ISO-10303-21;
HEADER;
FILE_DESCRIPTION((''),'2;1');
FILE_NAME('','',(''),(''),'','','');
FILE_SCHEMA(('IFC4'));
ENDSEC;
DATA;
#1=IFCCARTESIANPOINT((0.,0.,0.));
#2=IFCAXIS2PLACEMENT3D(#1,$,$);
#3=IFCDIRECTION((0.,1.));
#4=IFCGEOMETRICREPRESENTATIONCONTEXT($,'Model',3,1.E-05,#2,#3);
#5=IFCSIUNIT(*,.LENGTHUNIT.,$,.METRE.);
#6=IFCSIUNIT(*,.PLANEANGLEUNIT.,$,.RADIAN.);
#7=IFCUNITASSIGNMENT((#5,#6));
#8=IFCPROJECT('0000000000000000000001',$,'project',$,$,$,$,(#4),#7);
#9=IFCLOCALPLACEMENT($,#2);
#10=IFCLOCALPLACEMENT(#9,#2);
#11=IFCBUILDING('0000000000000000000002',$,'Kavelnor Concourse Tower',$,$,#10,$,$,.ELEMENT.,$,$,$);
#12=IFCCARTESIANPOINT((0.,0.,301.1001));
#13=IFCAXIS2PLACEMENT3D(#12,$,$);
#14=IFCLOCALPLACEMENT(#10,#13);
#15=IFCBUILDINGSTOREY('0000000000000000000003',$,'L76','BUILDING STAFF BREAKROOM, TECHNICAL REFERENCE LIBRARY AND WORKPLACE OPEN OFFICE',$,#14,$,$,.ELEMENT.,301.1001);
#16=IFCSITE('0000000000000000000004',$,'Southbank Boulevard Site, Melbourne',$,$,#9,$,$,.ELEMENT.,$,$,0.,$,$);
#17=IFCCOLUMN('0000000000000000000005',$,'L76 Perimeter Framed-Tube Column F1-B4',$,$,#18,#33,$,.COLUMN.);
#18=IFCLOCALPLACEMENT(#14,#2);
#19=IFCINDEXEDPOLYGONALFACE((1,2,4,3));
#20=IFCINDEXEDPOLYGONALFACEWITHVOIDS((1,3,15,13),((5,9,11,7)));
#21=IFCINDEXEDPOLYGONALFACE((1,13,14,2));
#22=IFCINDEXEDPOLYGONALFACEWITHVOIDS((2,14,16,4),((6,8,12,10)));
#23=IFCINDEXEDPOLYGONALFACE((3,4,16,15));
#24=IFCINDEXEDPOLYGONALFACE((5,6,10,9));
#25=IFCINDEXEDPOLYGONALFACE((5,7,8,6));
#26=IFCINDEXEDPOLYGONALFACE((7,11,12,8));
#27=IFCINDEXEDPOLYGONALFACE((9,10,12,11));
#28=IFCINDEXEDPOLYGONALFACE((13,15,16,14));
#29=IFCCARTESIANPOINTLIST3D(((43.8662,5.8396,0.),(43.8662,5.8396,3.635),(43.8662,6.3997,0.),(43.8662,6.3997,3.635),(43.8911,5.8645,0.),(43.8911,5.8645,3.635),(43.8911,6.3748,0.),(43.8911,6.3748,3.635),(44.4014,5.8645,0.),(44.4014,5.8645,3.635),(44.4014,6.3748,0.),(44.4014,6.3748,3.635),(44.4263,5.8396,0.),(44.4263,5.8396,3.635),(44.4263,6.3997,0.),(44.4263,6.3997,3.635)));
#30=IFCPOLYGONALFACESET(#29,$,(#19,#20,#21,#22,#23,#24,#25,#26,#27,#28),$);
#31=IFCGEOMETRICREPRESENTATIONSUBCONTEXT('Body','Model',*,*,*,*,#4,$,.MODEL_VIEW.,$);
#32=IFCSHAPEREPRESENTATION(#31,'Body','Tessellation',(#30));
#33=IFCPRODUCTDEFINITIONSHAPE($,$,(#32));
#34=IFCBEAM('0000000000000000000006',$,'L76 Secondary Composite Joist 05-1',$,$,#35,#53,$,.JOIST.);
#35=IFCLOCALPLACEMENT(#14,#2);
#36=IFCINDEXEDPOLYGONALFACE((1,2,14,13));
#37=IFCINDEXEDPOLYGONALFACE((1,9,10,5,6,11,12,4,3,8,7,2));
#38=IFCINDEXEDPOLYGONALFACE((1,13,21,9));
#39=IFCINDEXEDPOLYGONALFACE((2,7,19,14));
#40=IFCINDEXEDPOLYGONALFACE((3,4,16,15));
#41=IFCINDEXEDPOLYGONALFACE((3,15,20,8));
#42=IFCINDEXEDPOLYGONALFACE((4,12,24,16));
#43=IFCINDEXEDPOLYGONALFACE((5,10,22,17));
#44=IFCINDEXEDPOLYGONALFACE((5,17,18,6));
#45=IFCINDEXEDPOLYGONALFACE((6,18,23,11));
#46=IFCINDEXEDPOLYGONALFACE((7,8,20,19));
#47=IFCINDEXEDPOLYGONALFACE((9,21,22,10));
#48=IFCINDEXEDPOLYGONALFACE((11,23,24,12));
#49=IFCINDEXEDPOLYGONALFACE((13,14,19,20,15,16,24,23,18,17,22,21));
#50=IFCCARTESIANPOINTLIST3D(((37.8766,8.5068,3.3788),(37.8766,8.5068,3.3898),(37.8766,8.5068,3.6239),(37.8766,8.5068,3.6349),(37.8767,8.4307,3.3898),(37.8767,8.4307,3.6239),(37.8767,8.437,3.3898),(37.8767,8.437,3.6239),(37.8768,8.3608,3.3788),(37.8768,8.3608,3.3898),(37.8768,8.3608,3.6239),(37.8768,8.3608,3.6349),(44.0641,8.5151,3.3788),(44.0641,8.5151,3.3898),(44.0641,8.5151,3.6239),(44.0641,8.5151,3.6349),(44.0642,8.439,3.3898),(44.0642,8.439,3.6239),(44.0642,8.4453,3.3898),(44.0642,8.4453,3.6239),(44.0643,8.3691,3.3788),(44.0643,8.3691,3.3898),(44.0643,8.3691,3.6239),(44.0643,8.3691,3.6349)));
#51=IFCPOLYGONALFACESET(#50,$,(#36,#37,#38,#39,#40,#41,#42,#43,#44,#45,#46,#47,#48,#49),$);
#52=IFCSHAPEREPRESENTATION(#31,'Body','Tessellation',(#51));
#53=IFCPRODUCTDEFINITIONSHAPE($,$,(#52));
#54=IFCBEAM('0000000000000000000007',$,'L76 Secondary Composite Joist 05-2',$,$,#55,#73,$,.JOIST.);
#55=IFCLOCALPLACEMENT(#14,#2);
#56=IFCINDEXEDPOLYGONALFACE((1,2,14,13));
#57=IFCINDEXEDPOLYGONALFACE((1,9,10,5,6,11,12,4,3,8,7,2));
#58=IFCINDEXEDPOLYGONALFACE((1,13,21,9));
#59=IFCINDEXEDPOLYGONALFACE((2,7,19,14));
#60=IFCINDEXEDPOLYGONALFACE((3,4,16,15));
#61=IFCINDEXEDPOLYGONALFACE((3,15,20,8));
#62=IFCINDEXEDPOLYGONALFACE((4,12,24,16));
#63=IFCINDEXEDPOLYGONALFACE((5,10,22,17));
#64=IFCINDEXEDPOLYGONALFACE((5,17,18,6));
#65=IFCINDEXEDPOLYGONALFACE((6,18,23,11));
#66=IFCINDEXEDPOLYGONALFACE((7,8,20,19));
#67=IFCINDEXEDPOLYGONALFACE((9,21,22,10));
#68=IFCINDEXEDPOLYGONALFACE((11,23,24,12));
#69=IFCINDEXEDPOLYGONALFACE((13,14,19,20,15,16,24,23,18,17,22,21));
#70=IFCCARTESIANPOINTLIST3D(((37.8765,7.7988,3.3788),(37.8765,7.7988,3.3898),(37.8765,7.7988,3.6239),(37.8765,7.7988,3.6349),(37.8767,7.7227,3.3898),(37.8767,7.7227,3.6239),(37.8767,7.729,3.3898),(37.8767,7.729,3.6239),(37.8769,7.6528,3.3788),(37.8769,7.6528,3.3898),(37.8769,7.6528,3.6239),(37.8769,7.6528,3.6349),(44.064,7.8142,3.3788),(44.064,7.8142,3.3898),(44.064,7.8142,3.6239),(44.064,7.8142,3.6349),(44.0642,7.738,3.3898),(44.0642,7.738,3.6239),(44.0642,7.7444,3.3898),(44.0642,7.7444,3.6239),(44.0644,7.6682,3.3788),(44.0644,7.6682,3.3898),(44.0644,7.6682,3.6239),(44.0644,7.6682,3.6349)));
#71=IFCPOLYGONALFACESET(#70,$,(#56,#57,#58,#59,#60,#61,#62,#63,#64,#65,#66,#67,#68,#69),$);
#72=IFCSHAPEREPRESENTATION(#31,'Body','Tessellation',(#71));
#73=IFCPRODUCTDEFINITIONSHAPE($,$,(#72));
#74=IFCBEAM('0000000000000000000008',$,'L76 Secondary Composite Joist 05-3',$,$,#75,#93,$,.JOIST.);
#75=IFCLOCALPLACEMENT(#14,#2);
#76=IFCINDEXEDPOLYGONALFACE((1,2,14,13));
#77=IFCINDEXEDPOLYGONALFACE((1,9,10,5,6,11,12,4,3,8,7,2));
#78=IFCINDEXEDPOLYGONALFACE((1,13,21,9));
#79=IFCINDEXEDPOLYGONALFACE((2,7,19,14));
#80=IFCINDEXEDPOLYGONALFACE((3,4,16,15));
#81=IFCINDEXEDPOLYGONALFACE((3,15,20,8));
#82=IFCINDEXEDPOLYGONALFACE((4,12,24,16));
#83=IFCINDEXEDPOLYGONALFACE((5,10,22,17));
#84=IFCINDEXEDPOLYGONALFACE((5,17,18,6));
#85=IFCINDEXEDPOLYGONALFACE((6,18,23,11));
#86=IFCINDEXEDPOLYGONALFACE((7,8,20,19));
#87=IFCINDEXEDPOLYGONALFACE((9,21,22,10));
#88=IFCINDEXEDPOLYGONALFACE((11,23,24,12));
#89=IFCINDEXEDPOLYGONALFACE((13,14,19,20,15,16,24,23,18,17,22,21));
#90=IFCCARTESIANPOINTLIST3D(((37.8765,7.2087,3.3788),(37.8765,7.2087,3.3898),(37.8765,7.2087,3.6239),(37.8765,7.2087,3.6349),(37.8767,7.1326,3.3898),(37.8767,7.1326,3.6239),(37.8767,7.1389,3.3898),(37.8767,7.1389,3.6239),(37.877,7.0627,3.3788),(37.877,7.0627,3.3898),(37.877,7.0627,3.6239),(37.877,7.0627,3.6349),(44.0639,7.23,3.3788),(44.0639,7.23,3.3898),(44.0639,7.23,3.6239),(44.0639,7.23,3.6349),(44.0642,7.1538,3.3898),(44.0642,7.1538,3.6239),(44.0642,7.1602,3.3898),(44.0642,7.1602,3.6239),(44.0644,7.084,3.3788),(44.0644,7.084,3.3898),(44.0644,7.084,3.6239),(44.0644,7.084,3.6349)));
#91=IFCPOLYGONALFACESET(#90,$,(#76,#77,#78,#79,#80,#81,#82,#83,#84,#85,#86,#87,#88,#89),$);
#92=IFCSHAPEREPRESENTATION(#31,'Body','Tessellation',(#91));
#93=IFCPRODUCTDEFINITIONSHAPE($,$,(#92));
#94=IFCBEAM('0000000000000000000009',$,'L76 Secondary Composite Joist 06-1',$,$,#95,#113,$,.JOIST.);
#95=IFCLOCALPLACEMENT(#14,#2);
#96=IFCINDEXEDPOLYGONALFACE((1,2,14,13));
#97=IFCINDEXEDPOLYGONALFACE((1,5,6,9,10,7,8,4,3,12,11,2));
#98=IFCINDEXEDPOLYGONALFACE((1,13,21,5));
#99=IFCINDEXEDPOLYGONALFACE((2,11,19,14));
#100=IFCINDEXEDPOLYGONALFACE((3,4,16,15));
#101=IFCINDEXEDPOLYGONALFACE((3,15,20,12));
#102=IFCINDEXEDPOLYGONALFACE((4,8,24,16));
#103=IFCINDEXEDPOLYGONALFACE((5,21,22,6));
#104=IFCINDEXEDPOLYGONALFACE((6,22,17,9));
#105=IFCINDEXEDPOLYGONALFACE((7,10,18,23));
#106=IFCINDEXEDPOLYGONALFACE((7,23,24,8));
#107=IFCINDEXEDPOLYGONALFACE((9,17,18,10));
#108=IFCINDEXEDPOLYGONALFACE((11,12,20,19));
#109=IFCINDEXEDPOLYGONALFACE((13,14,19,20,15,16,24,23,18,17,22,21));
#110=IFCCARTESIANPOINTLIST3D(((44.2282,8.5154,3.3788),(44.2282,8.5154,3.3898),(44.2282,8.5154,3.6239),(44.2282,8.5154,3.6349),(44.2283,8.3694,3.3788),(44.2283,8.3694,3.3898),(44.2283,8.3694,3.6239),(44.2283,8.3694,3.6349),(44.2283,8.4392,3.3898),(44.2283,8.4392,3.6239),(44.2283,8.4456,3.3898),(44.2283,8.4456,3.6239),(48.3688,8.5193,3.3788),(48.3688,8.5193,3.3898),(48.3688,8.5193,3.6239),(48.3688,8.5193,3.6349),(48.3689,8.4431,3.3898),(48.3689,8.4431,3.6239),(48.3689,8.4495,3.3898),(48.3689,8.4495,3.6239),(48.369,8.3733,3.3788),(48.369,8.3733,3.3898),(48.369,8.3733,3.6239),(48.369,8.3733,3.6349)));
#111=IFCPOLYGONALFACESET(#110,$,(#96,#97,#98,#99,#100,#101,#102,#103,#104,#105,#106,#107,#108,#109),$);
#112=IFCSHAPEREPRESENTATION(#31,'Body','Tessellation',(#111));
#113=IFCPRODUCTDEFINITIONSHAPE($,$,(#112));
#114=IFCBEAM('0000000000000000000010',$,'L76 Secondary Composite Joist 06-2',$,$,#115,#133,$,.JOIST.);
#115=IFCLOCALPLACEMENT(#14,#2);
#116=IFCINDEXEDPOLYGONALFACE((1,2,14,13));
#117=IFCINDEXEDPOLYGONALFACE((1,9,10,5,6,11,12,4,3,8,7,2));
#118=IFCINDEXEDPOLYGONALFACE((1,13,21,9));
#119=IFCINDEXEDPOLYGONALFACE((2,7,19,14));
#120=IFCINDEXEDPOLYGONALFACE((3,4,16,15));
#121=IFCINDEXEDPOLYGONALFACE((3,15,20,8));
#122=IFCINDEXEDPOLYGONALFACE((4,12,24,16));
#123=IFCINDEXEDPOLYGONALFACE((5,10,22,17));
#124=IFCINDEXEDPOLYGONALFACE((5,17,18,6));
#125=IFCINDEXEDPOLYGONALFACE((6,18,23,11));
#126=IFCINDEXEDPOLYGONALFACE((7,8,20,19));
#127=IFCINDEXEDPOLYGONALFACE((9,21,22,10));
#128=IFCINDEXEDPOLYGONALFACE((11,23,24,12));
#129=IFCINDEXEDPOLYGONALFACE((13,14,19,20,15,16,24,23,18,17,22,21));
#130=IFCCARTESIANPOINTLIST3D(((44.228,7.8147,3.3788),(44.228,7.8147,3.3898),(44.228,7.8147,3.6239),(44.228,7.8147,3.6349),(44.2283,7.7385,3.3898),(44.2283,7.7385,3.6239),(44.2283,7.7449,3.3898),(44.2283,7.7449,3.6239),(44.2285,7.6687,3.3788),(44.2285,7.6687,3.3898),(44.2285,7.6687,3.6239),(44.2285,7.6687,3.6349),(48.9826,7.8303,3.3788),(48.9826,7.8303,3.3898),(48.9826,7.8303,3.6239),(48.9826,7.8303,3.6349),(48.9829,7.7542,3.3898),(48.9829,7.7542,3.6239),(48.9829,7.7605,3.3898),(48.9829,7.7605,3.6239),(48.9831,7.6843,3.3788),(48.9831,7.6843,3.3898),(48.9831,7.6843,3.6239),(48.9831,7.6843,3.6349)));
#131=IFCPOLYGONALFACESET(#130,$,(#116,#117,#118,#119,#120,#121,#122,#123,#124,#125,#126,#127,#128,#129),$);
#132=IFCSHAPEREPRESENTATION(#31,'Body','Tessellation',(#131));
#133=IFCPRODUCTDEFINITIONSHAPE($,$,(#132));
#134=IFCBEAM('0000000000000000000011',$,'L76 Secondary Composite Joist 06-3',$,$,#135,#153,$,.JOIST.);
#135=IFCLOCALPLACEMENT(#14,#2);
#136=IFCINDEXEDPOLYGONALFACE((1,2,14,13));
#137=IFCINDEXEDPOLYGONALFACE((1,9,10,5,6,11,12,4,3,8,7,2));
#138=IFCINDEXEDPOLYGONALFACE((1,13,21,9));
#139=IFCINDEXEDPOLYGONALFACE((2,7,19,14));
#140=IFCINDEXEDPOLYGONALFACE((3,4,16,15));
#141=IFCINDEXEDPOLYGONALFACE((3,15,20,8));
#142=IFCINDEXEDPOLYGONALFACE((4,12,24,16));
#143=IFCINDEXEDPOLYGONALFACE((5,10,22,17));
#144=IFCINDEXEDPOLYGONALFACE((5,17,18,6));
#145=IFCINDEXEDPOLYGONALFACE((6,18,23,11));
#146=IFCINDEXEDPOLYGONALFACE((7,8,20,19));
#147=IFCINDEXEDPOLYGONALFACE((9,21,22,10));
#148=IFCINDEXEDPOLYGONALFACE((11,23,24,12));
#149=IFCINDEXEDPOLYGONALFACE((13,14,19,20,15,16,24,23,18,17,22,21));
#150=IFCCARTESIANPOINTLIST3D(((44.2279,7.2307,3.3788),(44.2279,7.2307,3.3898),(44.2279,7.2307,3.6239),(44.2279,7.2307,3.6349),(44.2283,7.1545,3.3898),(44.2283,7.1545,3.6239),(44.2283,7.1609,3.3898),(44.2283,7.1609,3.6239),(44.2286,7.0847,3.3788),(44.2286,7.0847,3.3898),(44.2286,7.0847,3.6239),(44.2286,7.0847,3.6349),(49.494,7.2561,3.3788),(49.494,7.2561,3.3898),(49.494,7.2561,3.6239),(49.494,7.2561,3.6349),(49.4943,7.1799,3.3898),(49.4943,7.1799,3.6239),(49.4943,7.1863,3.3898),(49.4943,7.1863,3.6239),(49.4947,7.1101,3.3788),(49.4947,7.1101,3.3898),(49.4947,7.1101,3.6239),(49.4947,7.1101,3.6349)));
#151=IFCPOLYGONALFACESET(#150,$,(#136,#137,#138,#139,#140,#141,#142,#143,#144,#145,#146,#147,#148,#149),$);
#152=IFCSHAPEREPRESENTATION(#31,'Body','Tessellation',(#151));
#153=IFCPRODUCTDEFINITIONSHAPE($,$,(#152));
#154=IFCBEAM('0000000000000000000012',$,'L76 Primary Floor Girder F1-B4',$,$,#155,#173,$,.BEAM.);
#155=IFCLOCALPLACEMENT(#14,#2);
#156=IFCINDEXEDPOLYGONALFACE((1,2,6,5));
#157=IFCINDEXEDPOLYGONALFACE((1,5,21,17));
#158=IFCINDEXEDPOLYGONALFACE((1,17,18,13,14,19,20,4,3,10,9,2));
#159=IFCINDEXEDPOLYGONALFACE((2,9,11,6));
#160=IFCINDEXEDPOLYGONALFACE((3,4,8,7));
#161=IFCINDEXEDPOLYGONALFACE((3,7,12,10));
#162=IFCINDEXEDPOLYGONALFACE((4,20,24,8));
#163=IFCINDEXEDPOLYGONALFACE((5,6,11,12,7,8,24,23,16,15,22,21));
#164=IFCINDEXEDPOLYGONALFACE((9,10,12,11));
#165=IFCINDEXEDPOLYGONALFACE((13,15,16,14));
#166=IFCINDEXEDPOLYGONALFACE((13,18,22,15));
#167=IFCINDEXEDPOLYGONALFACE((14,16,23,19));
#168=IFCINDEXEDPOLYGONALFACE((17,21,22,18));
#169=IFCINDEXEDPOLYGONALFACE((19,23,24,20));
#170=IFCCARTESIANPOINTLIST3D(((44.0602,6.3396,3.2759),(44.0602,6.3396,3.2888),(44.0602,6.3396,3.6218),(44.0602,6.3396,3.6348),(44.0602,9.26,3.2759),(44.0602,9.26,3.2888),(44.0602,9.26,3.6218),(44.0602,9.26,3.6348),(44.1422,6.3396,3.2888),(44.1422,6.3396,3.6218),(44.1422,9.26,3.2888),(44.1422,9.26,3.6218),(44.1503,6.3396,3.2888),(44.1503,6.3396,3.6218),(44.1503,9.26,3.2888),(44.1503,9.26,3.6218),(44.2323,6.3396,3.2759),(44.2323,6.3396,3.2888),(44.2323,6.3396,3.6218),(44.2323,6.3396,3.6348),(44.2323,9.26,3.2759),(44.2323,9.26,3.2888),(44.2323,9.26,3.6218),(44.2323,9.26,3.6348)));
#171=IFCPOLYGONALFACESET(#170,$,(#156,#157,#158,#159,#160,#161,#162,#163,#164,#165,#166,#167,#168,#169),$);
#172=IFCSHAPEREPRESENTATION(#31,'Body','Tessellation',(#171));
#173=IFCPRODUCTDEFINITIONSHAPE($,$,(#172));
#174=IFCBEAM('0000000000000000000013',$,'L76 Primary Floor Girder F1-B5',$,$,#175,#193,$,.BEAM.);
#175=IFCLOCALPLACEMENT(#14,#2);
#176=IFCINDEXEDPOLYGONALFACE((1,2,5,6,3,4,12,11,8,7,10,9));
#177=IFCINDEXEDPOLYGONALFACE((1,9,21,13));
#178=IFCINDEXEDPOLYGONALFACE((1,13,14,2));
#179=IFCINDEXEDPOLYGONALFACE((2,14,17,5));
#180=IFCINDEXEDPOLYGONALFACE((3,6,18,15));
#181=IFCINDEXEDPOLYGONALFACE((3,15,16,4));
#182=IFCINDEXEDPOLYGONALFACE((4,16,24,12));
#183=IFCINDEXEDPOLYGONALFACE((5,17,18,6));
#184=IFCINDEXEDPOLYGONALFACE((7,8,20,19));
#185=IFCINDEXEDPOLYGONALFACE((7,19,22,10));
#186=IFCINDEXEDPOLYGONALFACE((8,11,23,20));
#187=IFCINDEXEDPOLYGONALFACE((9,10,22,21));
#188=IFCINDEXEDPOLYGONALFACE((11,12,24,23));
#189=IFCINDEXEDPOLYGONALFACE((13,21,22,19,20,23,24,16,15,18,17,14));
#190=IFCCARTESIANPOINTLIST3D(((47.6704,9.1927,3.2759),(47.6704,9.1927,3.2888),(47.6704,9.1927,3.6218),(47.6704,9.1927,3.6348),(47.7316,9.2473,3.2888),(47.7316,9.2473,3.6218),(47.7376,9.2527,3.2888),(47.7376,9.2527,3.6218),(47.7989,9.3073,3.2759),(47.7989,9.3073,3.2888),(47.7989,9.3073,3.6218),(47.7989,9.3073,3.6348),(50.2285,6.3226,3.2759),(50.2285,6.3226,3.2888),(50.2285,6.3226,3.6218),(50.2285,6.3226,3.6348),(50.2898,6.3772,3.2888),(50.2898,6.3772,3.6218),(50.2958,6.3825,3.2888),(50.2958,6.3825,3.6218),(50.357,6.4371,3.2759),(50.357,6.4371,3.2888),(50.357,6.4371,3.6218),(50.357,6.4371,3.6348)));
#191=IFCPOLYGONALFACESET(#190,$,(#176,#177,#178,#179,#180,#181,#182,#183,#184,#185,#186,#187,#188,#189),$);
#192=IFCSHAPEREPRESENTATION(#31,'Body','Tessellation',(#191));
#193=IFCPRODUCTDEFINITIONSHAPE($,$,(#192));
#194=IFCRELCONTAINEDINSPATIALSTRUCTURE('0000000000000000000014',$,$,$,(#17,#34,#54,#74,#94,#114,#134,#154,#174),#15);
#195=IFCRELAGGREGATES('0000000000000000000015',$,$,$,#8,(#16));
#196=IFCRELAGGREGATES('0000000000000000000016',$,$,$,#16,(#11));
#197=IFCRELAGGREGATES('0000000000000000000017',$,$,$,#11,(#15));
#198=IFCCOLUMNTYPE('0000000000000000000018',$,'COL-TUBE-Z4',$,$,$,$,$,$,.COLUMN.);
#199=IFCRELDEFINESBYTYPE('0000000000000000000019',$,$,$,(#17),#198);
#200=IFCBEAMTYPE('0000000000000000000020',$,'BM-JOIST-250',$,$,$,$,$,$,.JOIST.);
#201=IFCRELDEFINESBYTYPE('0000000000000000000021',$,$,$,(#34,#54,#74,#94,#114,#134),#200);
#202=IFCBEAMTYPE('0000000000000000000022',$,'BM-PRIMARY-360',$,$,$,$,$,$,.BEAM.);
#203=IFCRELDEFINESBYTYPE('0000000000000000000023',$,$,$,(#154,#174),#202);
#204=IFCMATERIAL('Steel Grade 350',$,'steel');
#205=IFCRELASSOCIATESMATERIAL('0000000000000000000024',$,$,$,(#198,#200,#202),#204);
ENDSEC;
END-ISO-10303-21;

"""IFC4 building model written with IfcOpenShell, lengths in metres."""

from ifc_helpers import new_model, si_unit, direction, frame, origin, origin_2d, place, context, subcontext, project, spatial, hollow_rectangle, i_section, extrude, material, material_profile, profile_set, type_object, element, save


model = new_model("IFC4")

# Units and contexts
model_context = context("Model", 3, precision=1e-05, world=origin(), true_north=direction((0.0, 1.0)))
body_context = subcontext(model_context, "Body", "Model", "MODEL_VIEW")
ifc_project = project(units=[si_unit("LENGTHUNIT", "METRE"), si_unit("PLANEANGLEUNIT", "RADIAN")], contexts=[model_context])

# Site, building, storey
site_placement = place(None, origin())
site = spatial("IfcSite", under=ifc_project, at=site_placement, Name="Southbank Boulevard Site, Melbourne", CompositionType="ELEMENT", RefElevation=0.0)
building_placement = place(site_placement, origin())
building = spatial("IfcBuilding", under=site, at=building_placement, Name="Kavelnor Concourse Tower", CompositionType="ELEMENT")
storey_placement = place(building_placement, frame((0.0, 0.0, 301.1001)))
storey = spatial("IfcBuildingStorey", under=building, at=storey_placement, Name="L76", Description="BUILDING STAFF BREAKROOM, TECHNICAL REFERENCE LIBRARY AND WORKPLACE OPEN OFFICE", CompositionType="ELEMENT", Elevation=301.1001)

# Column
ifc_material_1 = material(Name="Steel Grade 350", Category="steel")
ifc_material_profile_1 = material_profile(ifc_material_1, hollow_rectangle(XDim=0.5601, YDim=0.5601, WallThickness=0.0249, at=origin_2d()), Name="SHS 560x560x25")
ifc_profile_set_1 = profile_set([ifc_material_profile_1], Name="Steel Grade 350")
column_type = type_object("IfcColumnType", Name="COL-TUBE-Z4", PredefinedType="COLUMN", material=ifc_profile_set_1)
column_placement = place(storey_placement, frame((44.1462, 6.1196, 0.0), z_axis=(0.0, 0.0, 1.0), x_axis=(1.0, 0.0, 0.0)))
element("IfcColumn", 1, at=column_placement, inside=storey, type_object=column_type, Name="L76 Perimeter Framed-Tube Column F1-B4", PredefinedType="COLUMN", context=body_context, shape_type="SweptSolid", body=[
    extrude(hollow_rectangle(XDim=0.5601, YDim=0.5601, WallThickness=0.0249, at=origin_2d()), origin(), (0.0, 0.0, 1.0), 3.635),
])

# Beams
ifc_material_profile_2 = material_profile(ifc_material_1, i_section(OverallWidth=0.146, OverallDepth=0.2561, WebThickness=0.0063, FlangeThickness=0.011, at=origin_2d()), Name="250UB37")
ifc_profile_set_2 = profile_set([ifc_material_profile_2], Name="Steel Grade 350")
beam_type_1 = type_object("IfcBeamType", Name="BM-JOIST-250", PredefinedType="JOIST", material=ifc_profile_set_2)
for number, where, z_axis, x_axis, name in (
    (2, (37.8767, 8.4338, 3.5068), (0.999999, 0.001342, 0.0), (-0.001342, 0.999999, 0.0), "L76 Secondary Composite Joist 05-1"),
    (3, (37.8767, 7.7258, 3.5068), (0.999997, 0.002486, 0.0), (-0.002486, 0.999997, 0.0), "L76 Secondary Composite Joist 05-2"),
    (4, (37.8767, 7.1357, 3.5068), (0.999994, 0.003433, 0.0), (-0.003433, 0.999994, 0.0), "L76 Secondary Composite Joist 05-3"),
):
    element("IfcBeam", number, at=place(storey_placement, frame(where, z_axis=z_axis, x_axis=x_axis)), inside=storey, type_object=beam_type_1, Name=name, PredefinedType="JOIST", context=body_context, shape_type="SweptSolid", body=[
        extrude(i_section(OverallWidth=0.146, OverallDepth=0.2561, WebThickness=0.0063, FlangeThickness=0.011, at=origin_2d()), origin(), (0.0, 0.0, 1.0), 6.1875),
    ])
beam_1_placement = place(storey_placement, frame((44.2283, 8.4424, 3.5068), z_axis=(1.0, 0.000943, 0.0), x_axis=(-0.000943, 1.0, 0.0)))
element("IfcBeam", 5, at=beam_1_placement, inside=storey, type_object=beam_type_1, Name="L76 Secondary Composite Joist 06-1", PredefinedType="JOIST", context=body_context, shape_type="SweptSolid", body=[
    extrude(i_section(OverallWidth=0.146, OverallDepth=0.2561, WebThickness=0.0063, FlangeThickness=0.011, at=origin_2d()), origin(), (0.0, 0.0, 1.0), 4.1406),
])
beam_2_placement = place(storey_placement, frame((44.2283, 7.7417, 3.5068), z_axis=(0.999995, 0.003286, 0.0), x_axis=(-0.003286, 0.999995, 0.0)))
element("IfcBeam", 6, at=beam_2_placement, inside=storey, type_object=beam_type_1, Name="L76 Secondary Composite Joist 06-2", PredefinedType="JOIST", context=body_context, shape_type="SweptSolid", body=[
    extrude(i_section(OverallWidth=0.146, OverallDepth=0.2561, WebThickness=0.0063, FlangeThickness=0.011, at=origin_2d()), origin(), (0.0, 0.0, 1.0), 4.7546),
])
beam_3_placement = place(storey_placement, frame((44.2283, 7.1577, 3.5068), z_axis=(0.999988, 0.004821, 0.0), x_axis=(-0.004821, 0.999988, 0.0)))
element("IfcBeam", 7, at=beam_3_placement, inside=storey, type_object=beam_type_1, Name="L76 Secondary Composite Joist 06-3", PredefinedType="JOIST", context=body_context, shape_type="SweptSolid", body=[
    extrude(i_section(OverallWidth=0.146, OverallDepth=0.2561, WebThickness=0.0063, FlangeThickness=0.011, at=origin_2d()), origin(), (0.0, 0.0, 1.0), 5.2661),
])
ifc_material_profile_3 = material_profile(ifc_material_1, i_section(OverallWidth=0.1721, OverallDepth=0.3589, WebThickness=0.0081, FlangeThickness=0.0129, at=origin_2d()), Name="360UB56")
ifc_profile_set_3 = profile_set([ifc_material_profile_3], Name="Steel Grade 350")
beam_type_2 = type_object("IfcBeamType", Name="BM-PRIMARY-360", PredefinedType="BEAM", material=ifc_profile_set_3)
beam_4_placement = place(storey_placement, frame((44.1462, 9.26, 3.4553), z_axis=(0.0, -1.0, 0.0), x_axis=(1.0, 0.0, 0.0)))
element("IfcBeam", 8, at=beam_4_placement, inside=storey, type_object=beam_type_2, Name="L76 Primary Floor Girder F1-B4", PredefinedType="BEAM", context=body_context, shape_type="SweptSolid", body=[
    extrude(i_section(OverallWidth=0.1721, OverallDepth=0.3589, WebThickness=0.0081, FlangeThickness=0.0129, at=origin_2d()), origin(), (0.0, 0.0, 1.0), 2.9204),
])
beam_5_placement = place(storey_placement, frame((47.7346, 9.25, 3.4553), z_axis=(0.665364, -0.746519, 0.0), x_axis=(0.746519, 0.665364, 0.0)))
element("IfcBeam", 9, at=beam_5_placement, inside=storey, type_object=beam_type_2, Name="L76 Primary Floor Girder F1-B5", PredefinedType="BEAM", context=body_context, shape_type="SweptSolid", body=[
    extrude(i_section(OverallWidth=0.1721, OverallDepth=0.3589, WebThickness=0.0081, FlangeThickness=0.0129, at=origin_2d()), origin(), (0.0, 0.0, 1.0), 3.8447),
])

save(model, "model.ifc")
